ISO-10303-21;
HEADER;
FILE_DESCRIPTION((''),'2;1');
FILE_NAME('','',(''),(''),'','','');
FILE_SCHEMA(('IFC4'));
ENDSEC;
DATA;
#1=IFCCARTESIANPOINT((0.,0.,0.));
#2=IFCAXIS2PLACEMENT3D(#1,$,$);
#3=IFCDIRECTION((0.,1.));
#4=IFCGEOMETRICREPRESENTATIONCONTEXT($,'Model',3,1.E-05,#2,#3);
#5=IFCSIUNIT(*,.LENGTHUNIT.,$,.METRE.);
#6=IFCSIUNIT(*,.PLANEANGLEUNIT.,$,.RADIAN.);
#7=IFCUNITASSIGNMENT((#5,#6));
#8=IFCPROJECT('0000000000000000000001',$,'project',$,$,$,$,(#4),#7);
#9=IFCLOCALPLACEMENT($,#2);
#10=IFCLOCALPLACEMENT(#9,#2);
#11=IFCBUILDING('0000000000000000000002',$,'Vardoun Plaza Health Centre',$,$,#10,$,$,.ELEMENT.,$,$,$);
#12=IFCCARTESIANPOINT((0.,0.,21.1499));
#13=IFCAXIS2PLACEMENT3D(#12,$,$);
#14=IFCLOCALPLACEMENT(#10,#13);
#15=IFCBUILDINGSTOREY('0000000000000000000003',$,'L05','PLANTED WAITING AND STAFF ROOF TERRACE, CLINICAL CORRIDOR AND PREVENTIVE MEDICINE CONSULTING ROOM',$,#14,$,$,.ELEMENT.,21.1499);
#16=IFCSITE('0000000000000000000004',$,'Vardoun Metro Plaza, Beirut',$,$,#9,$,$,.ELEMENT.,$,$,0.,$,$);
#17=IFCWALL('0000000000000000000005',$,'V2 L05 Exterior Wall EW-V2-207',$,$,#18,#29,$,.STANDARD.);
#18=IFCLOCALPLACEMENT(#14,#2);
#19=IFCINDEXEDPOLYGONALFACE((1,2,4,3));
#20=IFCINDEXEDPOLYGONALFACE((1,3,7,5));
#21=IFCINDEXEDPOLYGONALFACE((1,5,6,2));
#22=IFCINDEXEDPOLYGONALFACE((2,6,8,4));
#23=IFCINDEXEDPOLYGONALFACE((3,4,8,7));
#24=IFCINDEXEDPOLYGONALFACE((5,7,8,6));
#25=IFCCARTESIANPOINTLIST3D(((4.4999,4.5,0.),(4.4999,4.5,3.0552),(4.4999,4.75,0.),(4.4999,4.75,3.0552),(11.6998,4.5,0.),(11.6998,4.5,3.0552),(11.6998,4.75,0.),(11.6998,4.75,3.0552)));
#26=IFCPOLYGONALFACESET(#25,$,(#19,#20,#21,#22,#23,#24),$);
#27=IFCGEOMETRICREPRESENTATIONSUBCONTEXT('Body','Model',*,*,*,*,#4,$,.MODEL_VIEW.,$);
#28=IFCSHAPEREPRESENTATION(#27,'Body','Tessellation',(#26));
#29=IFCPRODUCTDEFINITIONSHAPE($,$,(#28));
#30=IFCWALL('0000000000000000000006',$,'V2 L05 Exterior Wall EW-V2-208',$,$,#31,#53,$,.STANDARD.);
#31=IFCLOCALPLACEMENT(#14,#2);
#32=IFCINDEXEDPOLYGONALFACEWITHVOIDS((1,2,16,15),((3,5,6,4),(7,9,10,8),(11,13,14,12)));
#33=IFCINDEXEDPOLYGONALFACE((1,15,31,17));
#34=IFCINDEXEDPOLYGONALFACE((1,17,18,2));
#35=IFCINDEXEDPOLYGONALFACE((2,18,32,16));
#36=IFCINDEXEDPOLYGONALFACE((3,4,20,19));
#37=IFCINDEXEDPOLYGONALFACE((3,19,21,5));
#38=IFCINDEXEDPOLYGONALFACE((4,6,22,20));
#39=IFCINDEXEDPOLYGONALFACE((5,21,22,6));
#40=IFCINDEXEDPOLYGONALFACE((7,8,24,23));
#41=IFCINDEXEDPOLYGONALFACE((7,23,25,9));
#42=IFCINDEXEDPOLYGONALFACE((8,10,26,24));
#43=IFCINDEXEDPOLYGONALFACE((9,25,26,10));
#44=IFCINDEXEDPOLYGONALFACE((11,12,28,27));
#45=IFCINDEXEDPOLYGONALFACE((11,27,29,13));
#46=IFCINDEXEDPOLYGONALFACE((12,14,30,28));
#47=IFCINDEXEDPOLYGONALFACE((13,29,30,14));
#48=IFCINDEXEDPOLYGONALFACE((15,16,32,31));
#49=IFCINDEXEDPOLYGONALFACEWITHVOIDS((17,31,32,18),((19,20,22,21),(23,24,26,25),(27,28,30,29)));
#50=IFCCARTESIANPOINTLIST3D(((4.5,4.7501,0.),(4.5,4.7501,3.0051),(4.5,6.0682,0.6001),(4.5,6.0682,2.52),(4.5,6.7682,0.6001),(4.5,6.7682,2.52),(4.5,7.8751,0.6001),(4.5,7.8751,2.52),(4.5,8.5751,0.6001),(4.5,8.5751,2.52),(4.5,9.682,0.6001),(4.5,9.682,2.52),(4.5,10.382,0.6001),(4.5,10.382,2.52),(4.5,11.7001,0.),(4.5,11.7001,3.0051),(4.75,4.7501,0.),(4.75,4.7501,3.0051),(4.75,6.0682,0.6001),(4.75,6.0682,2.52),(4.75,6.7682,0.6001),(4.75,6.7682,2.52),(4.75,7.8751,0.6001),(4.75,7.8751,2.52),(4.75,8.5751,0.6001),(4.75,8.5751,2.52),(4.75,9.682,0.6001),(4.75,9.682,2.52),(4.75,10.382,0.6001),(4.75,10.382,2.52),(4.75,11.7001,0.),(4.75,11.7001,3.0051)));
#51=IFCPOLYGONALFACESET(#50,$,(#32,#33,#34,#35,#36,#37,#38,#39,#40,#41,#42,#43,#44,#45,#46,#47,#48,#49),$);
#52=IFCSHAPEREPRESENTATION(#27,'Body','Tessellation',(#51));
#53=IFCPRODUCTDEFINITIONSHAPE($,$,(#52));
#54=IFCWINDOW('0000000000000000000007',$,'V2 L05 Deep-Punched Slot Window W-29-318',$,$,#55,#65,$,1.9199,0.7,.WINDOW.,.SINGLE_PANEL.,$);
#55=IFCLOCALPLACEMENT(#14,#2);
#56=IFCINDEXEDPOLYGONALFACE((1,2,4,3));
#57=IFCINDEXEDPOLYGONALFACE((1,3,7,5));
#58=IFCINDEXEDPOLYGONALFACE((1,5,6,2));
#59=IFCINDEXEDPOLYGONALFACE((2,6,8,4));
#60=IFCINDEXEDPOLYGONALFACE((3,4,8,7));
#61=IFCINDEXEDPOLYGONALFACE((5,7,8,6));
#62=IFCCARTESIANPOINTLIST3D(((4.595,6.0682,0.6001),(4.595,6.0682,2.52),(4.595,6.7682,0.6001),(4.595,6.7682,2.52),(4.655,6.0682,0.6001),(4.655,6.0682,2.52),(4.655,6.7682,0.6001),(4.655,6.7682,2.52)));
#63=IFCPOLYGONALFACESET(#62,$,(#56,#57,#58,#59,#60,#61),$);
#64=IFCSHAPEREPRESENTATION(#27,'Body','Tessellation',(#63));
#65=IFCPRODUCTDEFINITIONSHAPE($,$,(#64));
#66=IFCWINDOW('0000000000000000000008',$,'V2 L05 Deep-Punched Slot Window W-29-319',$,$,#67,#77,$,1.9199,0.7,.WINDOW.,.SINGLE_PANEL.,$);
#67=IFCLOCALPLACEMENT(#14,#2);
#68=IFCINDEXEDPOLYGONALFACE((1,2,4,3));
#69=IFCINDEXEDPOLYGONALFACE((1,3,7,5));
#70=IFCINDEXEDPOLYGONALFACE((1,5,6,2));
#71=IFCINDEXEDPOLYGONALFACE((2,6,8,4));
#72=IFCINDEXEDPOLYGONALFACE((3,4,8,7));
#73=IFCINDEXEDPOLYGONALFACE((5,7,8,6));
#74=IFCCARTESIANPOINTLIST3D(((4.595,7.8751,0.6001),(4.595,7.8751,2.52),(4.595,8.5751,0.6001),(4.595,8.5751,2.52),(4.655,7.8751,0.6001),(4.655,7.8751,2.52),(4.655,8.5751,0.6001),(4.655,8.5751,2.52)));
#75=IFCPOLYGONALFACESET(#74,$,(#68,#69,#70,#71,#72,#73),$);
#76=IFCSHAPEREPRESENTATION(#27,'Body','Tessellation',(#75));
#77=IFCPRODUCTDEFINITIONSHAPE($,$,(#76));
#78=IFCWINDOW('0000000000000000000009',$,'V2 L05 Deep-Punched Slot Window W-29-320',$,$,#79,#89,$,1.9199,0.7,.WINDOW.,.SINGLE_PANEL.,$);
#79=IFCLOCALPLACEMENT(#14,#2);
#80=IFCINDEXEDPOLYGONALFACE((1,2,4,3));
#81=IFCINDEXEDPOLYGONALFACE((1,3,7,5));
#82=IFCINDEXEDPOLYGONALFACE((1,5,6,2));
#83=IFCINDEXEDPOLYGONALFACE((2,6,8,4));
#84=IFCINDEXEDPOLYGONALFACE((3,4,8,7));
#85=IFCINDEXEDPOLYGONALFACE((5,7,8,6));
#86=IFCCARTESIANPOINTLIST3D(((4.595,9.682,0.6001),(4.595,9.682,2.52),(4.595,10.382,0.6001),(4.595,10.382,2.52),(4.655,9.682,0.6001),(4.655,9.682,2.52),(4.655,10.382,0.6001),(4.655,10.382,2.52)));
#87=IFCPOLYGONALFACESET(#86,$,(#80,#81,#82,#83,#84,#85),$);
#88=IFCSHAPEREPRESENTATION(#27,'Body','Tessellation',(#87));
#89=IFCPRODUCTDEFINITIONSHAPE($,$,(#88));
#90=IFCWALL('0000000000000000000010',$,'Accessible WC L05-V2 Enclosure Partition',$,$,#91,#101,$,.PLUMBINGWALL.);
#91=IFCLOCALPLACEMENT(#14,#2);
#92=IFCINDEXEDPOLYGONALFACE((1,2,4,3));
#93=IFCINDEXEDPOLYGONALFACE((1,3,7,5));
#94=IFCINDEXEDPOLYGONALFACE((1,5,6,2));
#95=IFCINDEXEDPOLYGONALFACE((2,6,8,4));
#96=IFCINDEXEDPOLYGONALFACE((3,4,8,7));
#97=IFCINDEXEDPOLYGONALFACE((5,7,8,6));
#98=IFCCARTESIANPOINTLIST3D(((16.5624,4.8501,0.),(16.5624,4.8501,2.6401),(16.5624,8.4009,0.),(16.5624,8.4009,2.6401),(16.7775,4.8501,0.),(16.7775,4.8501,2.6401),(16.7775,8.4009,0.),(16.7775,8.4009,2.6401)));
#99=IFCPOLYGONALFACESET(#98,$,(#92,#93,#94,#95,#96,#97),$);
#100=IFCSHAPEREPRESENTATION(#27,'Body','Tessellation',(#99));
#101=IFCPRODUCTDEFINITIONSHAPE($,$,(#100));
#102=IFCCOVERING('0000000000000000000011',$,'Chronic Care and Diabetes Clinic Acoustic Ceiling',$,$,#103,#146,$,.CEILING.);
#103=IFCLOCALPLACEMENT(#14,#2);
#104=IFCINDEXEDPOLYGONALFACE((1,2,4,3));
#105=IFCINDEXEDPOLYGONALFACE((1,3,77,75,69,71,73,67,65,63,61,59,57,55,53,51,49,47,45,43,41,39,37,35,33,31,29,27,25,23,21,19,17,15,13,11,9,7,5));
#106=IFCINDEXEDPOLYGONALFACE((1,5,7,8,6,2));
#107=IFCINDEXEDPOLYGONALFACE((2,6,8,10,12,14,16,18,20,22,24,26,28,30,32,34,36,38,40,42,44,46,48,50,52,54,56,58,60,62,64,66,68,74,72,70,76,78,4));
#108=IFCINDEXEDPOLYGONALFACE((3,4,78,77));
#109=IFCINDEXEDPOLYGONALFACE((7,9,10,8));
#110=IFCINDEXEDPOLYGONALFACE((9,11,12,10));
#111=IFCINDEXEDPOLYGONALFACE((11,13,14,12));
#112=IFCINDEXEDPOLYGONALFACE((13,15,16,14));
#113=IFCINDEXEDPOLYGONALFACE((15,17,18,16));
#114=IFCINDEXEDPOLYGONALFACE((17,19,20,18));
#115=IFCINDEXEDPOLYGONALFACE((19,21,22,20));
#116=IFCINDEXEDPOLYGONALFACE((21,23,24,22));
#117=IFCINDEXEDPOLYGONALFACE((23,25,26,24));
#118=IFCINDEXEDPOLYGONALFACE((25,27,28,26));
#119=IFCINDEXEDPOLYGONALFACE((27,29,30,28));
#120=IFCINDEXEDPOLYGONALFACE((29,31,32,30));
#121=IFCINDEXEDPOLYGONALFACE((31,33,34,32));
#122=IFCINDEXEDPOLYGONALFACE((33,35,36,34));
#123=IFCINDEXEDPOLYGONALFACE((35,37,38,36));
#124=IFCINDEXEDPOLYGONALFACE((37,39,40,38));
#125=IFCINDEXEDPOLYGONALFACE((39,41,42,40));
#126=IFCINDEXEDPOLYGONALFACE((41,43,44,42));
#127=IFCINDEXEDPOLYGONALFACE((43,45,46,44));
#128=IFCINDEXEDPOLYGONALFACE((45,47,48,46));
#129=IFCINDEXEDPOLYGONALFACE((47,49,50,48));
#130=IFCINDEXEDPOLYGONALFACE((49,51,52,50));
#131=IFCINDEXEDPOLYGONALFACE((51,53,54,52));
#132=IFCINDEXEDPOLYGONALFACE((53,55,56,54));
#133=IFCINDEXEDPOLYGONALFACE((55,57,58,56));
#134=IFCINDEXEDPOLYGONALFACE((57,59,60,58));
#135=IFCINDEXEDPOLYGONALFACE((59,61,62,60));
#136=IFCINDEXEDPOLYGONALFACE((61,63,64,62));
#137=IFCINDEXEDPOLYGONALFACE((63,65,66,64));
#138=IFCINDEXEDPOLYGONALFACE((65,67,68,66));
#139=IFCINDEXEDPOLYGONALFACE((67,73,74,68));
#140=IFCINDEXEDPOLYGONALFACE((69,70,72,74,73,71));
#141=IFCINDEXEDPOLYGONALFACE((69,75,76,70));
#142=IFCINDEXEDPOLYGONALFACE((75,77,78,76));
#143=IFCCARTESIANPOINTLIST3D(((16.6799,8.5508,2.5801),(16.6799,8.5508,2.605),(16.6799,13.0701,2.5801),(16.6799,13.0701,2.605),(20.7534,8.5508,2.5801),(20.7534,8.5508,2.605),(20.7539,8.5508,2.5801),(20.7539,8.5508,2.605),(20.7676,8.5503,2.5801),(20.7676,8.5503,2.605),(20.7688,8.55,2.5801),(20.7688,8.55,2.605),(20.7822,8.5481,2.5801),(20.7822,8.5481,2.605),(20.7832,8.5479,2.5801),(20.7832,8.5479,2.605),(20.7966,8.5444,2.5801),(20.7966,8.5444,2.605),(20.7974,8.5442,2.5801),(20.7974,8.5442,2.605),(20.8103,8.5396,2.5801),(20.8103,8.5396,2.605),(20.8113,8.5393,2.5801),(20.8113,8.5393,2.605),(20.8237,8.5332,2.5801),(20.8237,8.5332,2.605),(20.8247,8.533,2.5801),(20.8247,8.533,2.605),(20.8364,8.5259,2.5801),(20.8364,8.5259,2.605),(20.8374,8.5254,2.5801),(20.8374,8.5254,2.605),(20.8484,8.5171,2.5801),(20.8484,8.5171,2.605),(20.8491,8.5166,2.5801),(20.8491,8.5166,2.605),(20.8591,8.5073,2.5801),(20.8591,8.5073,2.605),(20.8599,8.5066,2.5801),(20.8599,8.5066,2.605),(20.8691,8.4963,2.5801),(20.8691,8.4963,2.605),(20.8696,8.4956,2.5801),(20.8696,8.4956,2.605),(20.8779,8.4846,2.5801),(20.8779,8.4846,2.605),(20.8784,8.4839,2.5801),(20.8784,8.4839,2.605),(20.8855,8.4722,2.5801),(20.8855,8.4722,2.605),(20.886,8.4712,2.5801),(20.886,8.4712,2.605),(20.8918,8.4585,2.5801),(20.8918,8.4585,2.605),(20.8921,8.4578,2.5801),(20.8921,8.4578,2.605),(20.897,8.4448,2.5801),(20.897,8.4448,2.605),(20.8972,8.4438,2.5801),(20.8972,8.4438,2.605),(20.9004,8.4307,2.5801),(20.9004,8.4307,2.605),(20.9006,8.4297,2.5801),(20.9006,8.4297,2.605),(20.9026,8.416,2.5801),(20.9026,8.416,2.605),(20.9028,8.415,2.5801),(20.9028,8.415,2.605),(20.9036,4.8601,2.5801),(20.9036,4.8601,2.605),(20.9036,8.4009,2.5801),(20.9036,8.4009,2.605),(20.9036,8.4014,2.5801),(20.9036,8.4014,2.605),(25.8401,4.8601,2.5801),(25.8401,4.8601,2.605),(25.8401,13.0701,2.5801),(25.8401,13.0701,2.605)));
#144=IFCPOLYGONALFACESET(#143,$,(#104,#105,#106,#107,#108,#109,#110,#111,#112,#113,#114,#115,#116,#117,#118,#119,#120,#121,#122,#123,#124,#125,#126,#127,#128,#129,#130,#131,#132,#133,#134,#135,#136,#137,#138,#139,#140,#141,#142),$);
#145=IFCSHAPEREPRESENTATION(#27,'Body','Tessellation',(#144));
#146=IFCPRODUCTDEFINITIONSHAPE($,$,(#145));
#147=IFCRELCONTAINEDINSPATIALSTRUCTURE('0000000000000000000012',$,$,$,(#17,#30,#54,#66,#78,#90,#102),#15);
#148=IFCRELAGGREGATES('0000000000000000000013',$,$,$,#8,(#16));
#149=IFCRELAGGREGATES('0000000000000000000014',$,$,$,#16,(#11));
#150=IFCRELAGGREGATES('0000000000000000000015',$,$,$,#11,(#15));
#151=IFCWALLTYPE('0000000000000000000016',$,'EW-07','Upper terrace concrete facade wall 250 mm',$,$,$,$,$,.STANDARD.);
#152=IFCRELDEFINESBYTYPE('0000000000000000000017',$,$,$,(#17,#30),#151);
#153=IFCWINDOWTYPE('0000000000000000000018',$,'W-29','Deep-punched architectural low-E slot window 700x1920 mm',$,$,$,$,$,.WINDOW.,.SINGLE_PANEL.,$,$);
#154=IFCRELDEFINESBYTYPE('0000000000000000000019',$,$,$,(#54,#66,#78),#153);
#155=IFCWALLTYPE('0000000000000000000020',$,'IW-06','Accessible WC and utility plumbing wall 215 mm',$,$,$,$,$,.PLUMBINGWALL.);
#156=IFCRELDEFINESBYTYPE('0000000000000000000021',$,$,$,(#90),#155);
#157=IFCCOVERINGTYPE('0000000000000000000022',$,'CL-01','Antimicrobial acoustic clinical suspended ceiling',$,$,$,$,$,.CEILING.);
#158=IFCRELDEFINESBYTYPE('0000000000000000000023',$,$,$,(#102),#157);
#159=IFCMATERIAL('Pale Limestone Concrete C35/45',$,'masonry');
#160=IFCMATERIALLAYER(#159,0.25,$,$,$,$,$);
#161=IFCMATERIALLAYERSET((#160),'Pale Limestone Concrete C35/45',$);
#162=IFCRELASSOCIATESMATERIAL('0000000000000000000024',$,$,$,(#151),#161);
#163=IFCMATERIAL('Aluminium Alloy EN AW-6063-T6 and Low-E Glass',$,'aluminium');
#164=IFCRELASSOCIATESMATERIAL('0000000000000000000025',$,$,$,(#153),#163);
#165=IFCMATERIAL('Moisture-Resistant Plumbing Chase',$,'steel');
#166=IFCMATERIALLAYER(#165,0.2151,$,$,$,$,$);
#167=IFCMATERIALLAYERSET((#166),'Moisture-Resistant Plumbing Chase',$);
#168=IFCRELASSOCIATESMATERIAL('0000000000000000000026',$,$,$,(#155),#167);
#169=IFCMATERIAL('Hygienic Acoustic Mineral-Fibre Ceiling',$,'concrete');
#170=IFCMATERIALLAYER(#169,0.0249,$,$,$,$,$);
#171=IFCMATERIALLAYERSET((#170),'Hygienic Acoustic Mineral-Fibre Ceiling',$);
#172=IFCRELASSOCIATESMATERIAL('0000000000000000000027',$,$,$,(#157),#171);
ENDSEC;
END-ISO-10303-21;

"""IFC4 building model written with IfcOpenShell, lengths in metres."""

from ifc_helpers import new_model, si_unit, direction, frame, frame_2d, origin, place, context, subcontext, project, spatial, polyline, rectangle, outline, extrude, material, layer, layer_set, type_object, element, fill, save


model = new_model("IFC4")

# Units and contexts
model_context = context("Model", 3, precision=1e-05, world=origin(), true_north=direction((0.0, 1.0)))
body_context = subcontext(model_context, "Body", "Model", "MODEL_VIEW")
ifc_project = project(units=[si_unit("LENGTHUNIT", "METRE"), si_unit("PLANEANGLEUNIT", "RADIAN")], contexts=[model_context])

# Site, building, storey
site_placement = place(None, origin())
site = spatial("IfcSite", under=ifc_project, at=site_placement, Name="Vardoun Metro Plaza, Beirut", CompositionType="ELEMENT", RefElevation=0.0)
building_placement = place(site_placement, origin())
building = spatial("IfcBuilding", under=site, at=building_placement, Name="Vardoun Plaza Health Centre", CompositionType="ELEMENT")
storey_placement = place(building_placement, frame((0.0, 0.0, 21.1499)))
storey = spatial("IfcBuildingStorey", under=building, at=storey_placement, Name="L05", Description="PLANTED WAITING AND STAFF ROOF TERRACE, CLINICAL CORRIDOR AND PREVENTIVE MEDICINE CONSULTING ROOM", CompositionType="ELEMENT", Elevation=21.1499)

# Wall
ifc_material_1 = material(Name="Pale Limestone Concrete C35/45", Category="masonry")
ifc_layer_1 = layer(ifc_material_1, 0.25)
ifc_layer_set_1 = layer_set([ifc_layer_1], Name="Pale Limestone Concrete C35/45")
wall_type_1 = type_object("IfcWallType", Name="EW-07", Description="Upper terrace concrete facade wall 250 mm", PredefinedType="STANDARD", material=ifc_layer_set_1)
wall_1_placement = place(storey_placement, frame((11.7, 4.625, 0.0), z_axis=(0.0, 0.0, 1.0), x_axis=(-1.0, 0.0, 0.0)))
element("IfcWall", 1, at=wall_1_placement, inside=storey, type_object=wall_type_1, Name="V2 L05 Exterior Wall EW-V2-207", PredefinedType="STANDARD", context=body_context, shape_type="SweptSolid", body=[
    extrude(rectangle(XDim=7.2, YDim=0.25, at=frame_2d((3.6001, 0.0))), origin(), (0.0, 0.0, 1.0), 3.0552),
])

# Wall, openings, windows
wall_2_placement = place(storey_placement, frame((4.625, 4.75, 0.0), z_axis=(0.0, 0.0, 1.0), x_axis=(0.0, 1.0, 0.0)))
wall_2 = element("IfcWall", 2, at=wall_2_placement, inside=storey, type_object=wall_type_1, Name="V2 L05 Exterior Wall EW-V2-208", PredefinedType="STANDARD", context=body_context, shape_type="SweptSolid", body=[
    extrude(rectangle(XDim=6.95, YDim=0.25, at=frame_2d((3.4751, 0.0))), origin(), (0.0, 0.0, 1.0), 3.0051),
])
opening_1_placement = place(wall_2_placement, frame((1.3181, 0.0, 0.6001)))
opening_1 = element("IfcOpeningElement", 3, at=opening_1_placement, cuts=wall_2, PredefinedType="OPENING", context=body_context, shape_type="SweptSolid", body=[
    extrude(rectangle(XDim=0.7, YDim=1.9199, at=frame_2d((0.3501, 0.96))), frame((0.0, 0.125, 0.0), z_axis=(0.0, -1.0, 0.0), x_axis=(1.0, 0.0, 0.0)), (0.0, 0.0, 1.0), 0.25),
])
opening_2_placement = place(wall_2_placement, frame((3.125, 0.0, 0.6001)))
opening_2 = element("IfcOpeningElement", 4, at=opening_2_placement, cuts=wall_2, PredefinedType="OPENING", context=body_context, shape_type="SweptSolid", body=[
    extrude(rectangle(XDim=0.7, YDim=1.9199, at=frame_2d((0.3501, 0.96))), frame((0.0, 0.125, 0.0), z_axis=(0.0, -1.0, 0.0), x_axis=(1.0, 0.0, 0.0)), (0.0, 0.0, 1.0), 0.25),
])
opening_3_placement = place(wall_2_placement, frame((4.9319, 0.0, 0.6001)))
opening_3 = element("IfcOpeningElement", 5, at=opening_3_placement, cuts=wall_2, PredefinedType="OPENING", context=body_context, shape_type="SweptSolid", body=[
    extrude(rectangle(XDim=0.7, YDim=1.9199, at=frame_2d((0.3501, 0.96))), frame((0.0, 0.125, 0.0), z_axis=(0.0, -1.0, 0.0), x_axis=(1.0, 0.0, 0.0)), (0.0, 0.0, 1.0), 0.25),
])
ifc_material_2 = material(Name="Aluminium Alloy EN AW-6063-T6 and Low-E Glass", Category="aluminium")
window_type = type_object("IfcWindowType", Name="W-29", Description="Deep-punched architectural low-E slot window 700x1920 mm", PartitioningType="SINGLE_PANEL", PredefinedType="WINDOW", material=ifc_material_2)
window_1_placement = place(opening_1_placement, origin())
window_1 = element("IfcWindow", 6, at=window_1_placement, inside=storey, type_object=window_type, Name="V2 L05 Deep-Punched Slot Window W-29-318", OverallHeight=1.9199, OverallWidth=0.7, PartitioningType="SINGLE_PANEL", PredefinedType="WINDOW", context=body_context, shape_type="SweptSolid", body=[
    extrude(rectangle(XDim=0.7, YDim=1.9199, at=frame_2d((0.3501, 0.96))), frame((0.0, 0.03, 0.0), z_axis=(0.0, -1.0, 0.0), x_axis=(1.0, 0.0, 0.0)), (0.0, 0.0, 1.0), 0.0601),
])
fill(opening_1, window_1)
window_2_placement = place(opening_2_placement, origin())
window_2 = element("IfcWindow", 7, at=window_2_placement, inside=storey, type_object=window_type, Name="V2 L05 Deep-Punched Slot Window W-29-319", OverallHeight=1.9199, OverallWidth=0.7, PartitioningType="SINGLE_PANEL", PredefinedType="WINDOW", context=body_context, shape_type="SweptSolid", body=[
    extrude(rectangle(XDim=0.7, YDim=1.9199, at=frame_2d((0.3501, 0.96))), frame((0.0, 0.03, 0.0), z_axis=(0.0, -1.0, 0.0), x_axis=(1.0, 0.0, 0.0)), (0.0, 0.0, 1.0), 0.0601),
])
fill(opening_2, window_2)
window_3_placement = place(opening_3_placement, origin())
window_3 = element("IfcWindow", 8, at=window_3_placement, inside=storey, type_object=window_type, Name="V2 L05 Deep-Punched Slot Window W-29-320", OverallHeight=1.9199, OverallWidth=0.7, PartitioningType="SINGLE_PANEL", PredefinedType="WINDOW", context=body_context, shape_type="SweptSolid", body=[
    extrude(rectangle(XDim=0.7, YDim=1.9199, at=frame_2d((0.3501, 0.96))), frame((0.0, 0.03, 0.0), z_axis=(0.0, -1.0, 0.0), x_axis=(1.0, 0.0, 0.0)), (0.0, 0.0, 1.0), 0.0601),
])
fill(opening_3, window_3)

# Wall
ifc_material_3 = material(Name="Moisture-Resistant Plumbing Chase", Category="steel")
ifc_layer_2 = layer(ifc_material_3, 0.2151)
ifc_layer_set_2 = layer_set([ifc_layer_2], Name="Moisture-Resistant Plumbing Chase")
wall_type_2 = type_object("IfcWallType", Name="IW-06", Description="Accessible WC and utility plumbing wall 215 mm", PredefinedType="PLUMBINGWALL", material=ifc_layer_set_2)
wall_3_placement = place(storey_placement, frame((16.6699, 4.8501, 0.0), z_axis=(0.0, 0.0, 1.0), x_axis=(0.0, 1.0, 0.0)))
element("IfcWall", 9, at=wall_3_placement, inside=storey, type_object=wall_type_2, Name="Accessible WC L05-V2 Enclosure Partition", PredefinedType="PLUMBINGWALL", context=body_context, shape_type="SweptSolid", body=[
    extrude(rectangle(XDim=3.5508, YDim=0.2151, at=frame_2d((1.7754, 0.0))), origin(), (0.0, 0.0, 1.0), 2.6401),
])

# Covering
ifc_material_4 = material(Name="Hygienic Acoustic Mineral-Fibre Ceiling", Category="concrete")
ifc_layer_3 = layer(ifc_material_4, 0.0249)
ifc_layer_set_3 = layer_set([ifc_layer_3], Name="Hygienic Acoustic Mineral-Fibre Ceiling")
covering_type_1 = type_object("IfcCoveringType", Name="CL-01", Description="Antimicrobial acoustic clinical suspended ceiling", PredefinedType="CEILING", material=ifc_layer_set_3)
covering_1_placement = place(storey_placement, frame((0.0, 0.0, 2.5801)))
element("IfcCovering", 10, at=covering_1_placement, inside=storey, type_object=covering_type_1, Name="Chronic Care and Diabetes Clinic Acoustic Ceiling", PredefinedType="CEILING", context=body_context, shape_type="SweptSolid", body=[
    extrude(outline(polyline([(20.9036, 4.8601), (20.9036, 8.4009), (20.9036, 8.4014), (20.9028, 8.415), (20.9026, 8.416), (20.9006, 8.4297), (20.9004, 8.4307), (20.8972, 8.4438), (20.897, 8.4448), (20.8921, 8.4578), (20.8918, 8.4585), (20.886, 8.4712), (20.8855, 8.4722), (20.8784, 8.4839), (20.8779, 8.4846), (20.8696, 8.4956), (20.8691, 8.4963), (20.8599, 8.5066), (20.8591, 8.5073), (20.8491, 8.5166), (20.8484, 8.5171), (20.8374, 8.5254), (20.8364, 8.5259), (20.8247, 8.533), (20.8237, 8.5332), (20.8113, 8.5393), (20.8103, 8.5396), (20.7974, 8.5442), (20.7966, 8.5444), (20.7832, 8.5479), (20.7822, 8.5481), (20.7688, 8.55), (20.7676, 8.5503), (20.7539, 8.5508), (20.7534, 8.5508), (16.6799, 8.5508), (16.6799, 13.0701), (25.8401, 13.0701), (25.8401, 4.8601), (20.9036, 4.8601)])), origin(), (0.0, 0.0, 1.0), 0.0249),
])

save(model, "model.ifc")
